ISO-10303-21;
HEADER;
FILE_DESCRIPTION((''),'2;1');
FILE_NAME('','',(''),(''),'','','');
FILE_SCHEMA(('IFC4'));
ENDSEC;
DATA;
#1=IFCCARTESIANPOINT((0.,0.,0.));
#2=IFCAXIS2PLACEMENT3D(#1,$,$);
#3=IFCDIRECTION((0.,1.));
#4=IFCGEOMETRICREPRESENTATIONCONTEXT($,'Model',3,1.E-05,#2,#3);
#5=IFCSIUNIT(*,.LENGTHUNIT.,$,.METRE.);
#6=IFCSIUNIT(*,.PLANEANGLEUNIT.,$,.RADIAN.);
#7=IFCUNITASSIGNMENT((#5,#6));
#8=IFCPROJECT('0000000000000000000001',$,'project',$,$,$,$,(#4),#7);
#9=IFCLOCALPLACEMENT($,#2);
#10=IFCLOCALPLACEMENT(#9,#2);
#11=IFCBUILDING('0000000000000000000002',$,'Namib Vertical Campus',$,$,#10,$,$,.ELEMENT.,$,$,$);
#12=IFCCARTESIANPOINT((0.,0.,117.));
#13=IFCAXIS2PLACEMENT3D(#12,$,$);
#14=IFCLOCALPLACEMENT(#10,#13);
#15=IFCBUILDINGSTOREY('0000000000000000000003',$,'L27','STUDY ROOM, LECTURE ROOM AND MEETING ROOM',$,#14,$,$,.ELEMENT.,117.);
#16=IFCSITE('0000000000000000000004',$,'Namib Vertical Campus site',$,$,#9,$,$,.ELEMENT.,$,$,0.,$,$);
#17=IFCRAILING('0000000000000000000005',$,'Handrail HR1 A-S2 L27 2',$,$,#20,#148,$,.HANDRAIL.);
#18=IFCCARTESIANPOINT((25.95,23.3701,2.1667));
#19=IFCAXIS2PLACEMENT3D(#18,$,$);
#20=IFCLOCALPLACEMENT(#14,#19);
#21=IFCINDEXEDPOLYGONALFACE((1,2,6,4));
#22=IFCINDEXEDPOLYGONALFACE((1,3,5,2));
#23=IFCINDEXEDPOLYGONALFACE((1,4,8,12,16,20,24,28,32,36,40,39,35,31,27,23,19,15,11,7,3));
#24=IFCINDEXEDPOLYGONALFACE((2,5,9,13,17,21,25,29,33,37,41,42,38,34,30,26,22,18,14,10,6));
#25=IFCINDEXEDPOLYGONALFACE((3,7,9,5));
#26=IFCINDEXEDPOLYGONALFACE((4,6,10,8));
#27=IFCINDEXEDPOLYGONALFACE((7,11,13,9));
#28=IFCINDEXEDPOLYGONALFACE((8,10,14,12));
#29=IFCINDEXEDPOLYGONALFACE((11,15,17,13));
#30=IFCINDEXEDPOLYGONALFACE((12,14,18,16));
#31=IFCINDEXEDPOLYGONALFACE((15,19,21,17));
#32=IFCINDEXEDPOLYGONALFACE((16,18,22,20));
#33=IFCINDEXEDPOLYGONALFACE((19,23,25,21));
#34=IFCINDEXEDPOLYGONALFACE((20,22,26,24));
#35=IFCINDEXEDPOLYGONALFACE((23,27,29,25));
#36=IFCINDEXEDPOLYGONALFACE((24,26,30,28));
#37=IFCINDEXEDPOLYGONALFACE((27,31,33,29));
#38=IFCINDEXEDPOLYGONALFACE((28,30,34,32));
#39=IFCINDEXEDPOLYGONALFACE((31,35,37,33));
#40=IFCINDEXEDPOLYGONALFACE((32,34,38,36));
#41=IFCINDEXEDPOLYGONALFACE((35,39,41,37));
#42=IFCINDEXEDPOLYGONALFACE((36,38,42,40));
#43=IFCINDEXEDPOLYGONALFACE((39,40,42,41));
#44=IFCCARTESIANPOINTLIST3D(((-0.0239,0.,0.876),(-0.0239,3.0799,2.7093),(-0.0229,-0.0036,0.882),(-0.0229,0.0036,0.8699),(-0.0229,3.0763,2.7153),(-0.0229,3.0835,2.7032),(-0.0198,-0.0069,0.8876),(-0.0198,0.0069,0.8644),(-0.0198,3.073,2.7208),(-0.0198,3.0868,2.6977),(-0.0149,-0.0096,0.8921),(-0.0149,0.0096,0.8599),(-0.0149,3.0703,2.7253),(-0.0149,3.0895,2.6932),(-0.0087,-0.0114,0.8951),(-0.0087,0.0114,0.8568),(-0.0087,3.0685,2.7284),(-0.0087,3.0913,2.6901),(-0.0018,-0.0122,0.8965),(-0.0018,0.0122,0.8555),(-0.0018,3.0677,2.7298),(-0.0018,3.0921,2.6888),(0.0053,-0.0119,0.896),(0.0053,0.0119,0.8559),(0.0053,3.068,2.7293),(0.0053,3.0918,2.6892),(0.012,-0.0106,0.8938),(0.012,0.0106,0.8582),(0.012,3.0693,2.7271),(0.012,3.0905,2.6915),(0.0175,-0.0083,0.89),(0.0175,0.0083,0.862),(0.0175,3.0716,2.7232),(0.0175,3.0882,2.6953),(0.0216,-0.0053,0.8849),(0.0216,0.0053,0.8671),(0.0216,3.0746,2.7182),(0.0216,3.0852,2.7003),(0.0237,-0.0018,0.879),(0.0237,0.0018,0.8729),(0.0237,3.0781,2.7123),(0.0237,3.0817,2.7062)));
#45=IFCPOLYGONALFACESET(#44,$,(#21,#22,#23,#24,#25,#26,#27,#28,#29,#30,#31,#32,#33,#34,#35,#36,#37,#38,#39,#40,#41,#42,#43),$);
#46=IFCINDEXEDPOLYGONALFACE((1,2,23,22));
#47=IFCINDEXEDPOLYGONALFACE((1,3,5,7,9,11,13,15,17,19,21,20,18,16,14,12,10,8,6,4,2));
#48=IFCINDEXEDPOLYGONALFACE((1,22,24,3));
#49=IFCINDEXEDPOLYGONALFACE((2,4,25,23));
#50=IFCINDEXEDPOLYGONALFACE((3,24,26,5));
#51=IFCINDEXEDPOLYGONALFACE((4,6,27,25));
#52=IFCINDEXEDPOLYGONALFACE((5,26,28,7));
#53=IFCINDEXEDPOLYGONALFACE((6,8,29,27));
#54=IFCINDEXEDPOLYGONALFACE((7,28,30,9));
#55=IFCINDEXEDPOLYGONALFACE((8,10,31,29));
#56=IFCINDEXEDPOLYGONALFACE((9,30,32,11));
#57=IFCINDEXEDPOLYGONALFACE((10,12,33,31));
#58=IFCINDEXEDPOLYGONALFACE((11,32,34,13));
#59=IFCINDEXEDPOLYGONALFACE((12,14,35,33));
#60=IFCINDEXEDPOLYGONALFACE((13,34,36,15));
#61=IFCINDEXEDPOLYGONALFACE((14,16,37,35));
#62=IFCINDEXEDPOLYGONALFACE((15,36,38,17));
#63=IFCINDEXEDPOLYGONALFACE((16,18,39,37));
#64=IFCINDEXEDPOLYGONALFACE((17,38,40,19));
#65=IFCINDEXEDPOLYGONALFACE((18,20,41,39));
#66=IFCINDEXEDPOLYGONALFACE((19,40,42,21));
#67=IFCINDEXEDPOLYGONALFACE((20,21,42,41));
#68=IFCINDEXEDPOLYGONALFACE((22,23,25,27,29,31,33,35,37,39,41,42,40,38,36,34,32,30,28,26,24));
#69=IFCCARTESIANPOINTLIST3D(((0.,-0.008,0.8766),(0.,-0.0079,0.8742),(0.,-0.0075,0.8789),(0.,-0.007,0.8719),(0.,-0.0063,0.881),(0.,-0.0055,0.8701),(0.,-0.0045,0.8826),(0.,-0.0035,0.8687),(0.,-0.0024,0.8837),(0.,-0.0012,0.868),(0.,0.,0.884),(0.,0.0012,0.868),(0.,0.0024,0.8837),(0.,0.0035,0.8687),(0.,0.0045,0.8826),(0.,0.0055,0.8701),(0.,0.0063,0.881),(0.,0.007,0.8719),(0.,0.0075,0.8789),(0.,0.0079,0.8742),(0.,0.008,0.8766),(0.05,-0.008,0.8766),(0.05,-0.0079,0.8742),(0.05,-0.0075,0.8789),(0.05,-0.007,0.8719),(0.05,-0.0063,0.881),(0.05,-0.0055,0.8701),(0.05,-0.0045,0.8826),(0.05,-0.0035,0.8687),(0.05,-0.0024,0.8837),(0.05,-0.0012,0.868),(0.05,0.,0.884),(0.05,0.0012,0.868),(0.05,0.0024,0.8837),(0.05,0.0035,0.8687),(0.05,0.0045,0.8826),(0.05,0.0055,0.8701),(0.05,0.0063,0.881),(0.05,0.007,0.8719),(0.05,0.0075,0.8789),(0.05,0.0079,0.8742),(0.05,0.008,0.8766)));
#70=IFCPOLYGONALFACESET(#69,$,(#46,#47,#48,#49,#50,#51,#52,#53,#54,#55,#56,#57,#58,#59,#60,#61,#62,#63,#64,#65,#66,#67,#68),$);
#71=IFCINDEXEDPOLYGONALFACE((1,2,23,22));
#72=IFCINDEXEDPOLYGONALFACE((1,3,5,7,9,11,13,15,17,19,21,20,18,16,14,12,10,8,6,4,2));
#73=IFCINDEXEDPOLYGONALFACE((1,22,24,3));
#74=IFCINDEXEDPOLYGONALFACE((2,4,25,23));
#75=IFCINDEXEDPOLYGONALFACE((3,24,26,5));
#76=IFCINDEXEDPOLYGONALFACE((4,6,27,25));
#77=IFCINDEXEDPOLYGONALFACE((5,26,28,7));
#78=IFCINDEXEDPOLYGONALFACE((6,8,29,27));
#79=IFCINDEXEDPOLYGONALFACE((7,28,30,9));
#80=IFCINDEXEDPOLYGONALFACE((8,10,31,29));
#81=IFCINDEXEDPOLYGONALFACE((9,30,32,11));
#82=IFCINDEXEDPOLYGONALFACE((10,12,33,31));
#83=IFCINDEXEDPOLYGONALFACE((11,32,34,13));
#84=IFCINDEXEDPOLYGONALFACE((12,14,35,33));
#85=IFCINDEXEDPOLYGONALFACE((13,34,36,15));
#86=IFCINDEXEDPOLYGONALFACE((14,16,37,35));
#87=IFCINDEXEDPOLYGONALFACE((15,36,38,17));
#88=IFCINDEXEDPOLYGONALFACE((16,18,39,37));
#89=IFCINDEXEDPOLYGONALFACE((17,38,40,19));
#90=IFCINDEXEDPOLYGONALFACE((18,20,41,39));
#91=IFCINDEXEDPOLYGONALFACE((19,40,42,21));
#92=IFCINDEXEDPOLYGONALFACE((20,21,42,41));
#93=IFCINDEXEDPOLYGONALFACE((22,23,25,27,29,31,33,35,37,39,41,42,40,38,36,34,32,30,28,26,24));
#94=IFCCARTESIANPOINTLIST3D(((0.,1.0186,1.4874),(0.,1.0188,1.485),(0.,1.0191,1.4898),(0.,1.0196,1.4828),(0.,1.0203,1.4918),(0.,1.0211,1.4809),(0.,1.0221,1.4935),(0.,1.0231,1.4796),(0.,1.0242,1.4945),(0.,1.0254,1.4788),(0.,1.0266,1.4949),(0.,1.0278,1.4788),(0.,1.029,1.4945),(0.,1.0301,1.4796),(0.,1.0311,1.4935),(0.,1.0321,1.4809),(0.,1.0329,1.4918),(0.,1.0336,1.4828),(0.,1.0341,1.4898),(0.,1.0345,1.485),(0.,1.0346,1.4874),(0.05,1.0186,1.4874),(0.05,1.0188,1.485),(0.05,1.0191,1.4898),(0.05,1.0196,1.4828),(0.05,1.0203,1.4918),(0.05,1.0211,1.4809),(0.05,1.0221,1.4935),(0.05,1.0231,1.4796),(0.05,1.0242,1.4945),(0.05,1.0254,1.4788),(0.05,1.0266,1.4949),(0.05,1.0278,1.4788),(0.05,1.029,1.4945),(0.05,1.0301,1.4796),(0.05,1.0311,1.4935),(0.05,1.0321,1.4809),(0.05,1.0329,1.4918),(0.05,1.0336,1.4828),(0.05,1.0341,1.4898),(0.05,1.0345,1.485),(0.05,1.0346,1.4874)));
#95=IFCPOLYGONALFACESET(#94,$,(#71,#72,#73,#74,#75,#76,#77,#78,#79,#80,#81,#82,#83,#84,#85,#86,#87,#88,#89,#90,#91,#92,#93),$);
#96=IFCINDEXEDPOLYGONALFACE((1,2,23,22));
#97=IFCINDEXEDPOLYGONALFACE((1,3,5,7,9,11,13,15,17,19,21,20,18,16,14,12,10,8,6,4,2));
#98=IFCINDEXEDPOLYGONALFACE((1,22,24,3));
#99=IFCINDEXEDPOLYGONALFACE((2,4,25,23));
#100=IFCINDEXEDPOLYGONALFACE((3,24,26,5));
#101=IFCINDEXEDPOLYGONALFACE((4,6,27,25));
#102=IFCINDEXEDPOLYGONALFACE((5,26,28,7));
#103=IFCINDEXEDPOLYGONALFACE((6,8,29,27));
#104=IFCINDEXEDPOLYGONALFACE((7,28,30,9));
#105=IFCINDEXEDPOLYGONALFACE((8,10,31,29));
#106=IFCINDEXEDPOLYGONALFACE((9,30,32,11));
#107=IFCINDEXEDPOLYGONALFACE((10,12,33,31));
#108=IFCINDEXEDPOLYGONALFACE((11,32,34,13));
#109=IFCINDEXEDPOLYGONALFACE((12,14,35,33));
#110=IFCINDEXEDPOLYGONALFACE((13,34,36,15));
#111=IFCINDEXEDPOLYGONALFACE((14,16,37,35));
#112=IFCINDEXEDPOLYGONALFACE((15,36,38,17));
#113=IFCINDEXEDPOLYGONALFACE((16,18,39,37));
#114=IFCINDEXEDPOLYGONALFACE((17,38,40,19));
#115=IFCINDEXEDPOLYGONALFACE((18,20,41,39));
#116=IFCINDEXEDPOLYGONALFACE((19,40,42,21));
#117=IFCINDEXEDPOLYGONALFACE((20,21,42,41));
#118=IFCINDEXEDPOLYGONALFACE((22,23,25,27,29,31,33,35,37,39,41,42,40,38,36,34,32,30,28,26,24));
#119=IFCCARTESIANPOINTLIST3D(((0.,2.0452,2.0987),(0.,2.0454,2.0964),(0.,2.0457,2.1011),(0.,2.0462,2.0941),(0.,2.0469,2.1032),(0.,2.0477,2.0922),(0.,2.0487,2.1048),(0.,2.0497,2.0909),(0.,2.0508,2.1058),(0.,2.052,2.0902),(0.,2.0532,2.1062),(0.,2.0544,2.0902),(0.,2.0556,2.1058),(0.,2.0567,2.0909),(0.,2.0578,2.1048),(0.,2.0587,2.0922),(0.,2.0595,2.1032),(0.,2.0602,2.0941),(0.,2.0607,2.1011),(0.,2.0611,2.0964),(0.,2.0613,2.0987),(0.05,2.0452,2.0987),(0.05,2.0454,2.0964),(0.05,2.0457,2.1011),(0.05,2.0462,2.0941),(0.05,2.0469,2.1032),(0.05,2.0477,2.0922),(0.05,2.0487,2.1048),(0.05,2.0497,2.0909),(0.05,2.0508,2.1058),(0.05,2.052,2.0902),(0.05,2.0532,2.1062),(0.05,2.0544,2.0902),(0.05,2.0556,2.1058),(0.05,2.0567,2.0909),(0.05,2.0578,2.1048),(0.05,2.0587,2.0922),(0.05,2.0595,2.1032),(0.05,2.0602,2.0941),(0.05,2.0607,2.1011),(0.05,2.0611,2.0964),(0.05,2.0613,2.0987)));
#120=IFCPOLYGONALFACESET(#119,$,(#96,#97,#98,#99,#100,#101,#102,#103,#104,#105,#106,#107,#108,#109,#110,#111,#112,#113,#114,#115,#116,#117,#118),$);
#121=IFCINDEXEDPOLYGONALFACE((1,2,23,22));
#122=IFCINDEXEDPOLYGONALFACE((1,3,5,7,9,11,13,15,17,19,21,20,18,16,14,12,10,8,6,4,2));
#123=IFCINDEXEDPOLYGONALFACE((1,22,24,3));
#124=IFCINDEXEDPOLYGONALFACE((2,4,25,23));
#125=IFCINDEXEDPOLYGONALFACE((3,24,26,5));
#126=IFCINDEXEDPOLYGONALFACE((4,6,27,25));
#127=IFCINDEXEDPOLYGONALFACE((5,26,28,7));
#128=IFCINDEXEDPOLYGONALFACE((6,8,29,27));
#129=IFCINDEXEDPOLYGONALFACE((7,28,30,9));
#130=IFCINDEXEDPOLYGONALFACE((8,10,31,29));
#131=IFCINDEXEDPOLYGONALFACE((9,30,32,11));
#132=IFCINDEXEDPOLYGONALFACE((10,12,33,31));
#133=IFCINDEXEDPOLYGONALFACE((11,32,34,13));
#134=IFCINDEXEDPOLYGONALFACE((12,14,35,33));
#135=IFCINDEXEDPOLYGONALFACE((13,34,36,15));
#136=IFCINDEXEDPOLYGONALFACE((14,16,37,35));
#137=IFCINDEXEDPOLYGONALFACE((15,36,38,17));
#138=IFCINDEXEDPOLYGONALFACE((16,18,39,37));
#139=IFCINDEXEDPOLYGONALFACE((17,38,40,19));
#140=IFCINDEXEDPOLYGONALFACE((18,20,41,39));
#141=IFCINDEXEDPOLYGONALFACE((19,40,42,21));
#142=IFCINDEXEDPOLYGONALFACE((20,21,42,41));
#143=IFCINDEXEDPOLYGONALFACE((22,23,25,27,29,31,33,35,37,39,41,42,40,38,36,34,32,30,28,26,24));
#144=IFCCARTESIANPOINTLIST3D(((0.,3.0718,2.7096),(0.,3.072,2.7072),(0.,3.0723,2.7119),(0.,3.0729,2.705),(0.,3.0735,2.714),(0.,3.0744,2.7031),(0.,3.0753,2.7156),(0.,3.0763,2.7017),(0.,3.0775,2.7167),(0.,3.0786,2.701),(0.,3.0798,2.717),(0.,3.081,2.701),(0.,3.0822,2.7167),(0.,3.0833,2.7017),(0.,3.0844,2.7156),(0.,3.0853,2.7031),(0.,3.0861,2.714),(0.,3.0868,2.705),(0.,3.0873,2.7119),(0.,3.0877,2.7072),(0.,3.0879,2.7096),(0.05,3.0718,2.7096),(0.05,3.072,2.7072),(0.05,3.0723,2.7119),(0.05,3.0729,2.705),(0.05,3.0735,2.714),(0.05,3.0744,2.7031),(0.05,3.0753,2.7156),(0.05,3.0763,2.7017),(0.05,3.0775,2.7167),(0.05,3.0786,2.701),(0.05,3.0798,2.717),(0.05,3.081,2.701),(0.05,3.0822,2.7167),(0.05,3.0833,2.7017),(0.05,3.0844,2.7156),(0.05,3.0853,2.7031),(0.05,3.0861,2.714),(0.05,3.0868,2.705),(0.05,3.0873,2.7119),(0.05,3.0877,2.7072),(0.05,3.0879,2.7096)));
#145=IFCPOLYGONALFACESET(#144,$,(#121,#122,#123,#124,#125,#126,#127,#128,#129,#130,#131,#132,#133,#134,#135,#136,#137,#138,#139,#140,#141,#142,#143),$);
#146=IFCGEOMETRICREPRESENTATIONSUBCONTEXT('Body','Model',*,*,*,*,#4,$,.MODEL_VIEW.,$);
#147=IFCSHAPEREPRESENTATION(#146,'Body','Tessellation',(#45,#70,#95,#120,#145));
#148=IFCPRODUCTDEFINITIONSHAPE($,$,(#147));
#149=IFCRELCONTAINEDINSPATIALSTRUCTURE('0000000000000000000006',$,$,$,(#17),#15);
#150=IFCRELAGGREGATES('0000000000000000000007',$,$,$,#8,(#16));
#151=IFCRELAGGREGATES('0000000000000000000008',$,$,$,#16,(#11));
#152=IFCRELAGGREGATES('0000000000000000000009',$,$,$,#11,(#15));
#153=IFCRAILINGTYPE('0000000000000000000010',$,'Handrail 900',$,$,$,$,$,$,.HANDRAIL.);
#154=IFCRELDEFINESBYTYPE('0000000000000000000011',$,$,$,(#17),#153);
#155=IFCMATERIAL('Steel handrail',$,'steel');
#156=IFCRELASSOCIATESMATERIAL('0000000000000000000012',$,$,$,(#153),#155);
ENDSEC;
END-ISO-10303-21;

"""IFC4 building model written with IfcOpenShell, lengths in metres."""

from ifc_helpers import new_model, si_unit, direction, frame, origin, origin_2d, place, context, subcontext, project, spatial, circle, extrude, material, type_object, element, save


model = new_model("IFC4")

# Units and contexts
model_context = context("Model", 3, precision=1e-05, world=origin(), true_north=direction((0.0, 1.0)))
body_context = subcontext(model_context, "Body", "Model", "MODEL_VIEW")
ifc_project = project(units=[si_unit("LENGTHUNIT", "METRE"), si_unit("PLANEANGLEUNIT", "RADIAN")], contexts=[model_context])

# Site, building, storey
site_placement = place(None, origin())
site = spatial("IfcSite", under=ifc_project, at=site_placement, Name="Namib Vertical Campus site", CompositionType="ELEMENT", RefElevation=0.0)
building_placement = place(site_placement, origin())
building = spatial("IfcBuilding", under=site, at=building_placement, Name="Namib Vertical Campus", CompositionType="ELEMENT")
storey_placement = place(building_placement, frame((0.0, 0.0, 117.0)))
storey = spatial("IfcBuildingStorey", under=building, at=storey_placement, Name="L27", Description="STUDY ROOM, LECTURE ROOM AND MEETING ROOM", CompositionType="ELEMENT", Elevation=117.0)

# Railing
ifc_material_1 = material(Name="Steel handrail", Category="steel")
railing_type_1 = type_object("IfcRailingType", Name="Handrail 900", PredefinedType="HANDRAIL", material=ifc_material_1)
railing_1_placement = place(storey_placement, frame((25.95, 23.3701, 2.1667)))
element("IfcRailing", 1, at=railing_1_placement, inside=storey, type_object=railing_type_1, Name="Handrail HR1 A-S2 L27 2", PredefinedType="HANDRAIL", context=body_context, shape_type="SweptSolid", body=[
    extrude(circle(Radius=0.0239, at=origin_2d()), frame((0.0, 0.0, 0.876), z_axis=(0.0, 0.859291, 0.511487), x_axis=(-1.0, 0.0, 0.0)), (0.0, 0.0, 1.0), 3.5842),
    extrude(circle(Radius=0.0081, at=origin_2d()), frame((0.0, 0.0, 0.876), z_axis=(1.0, 0.0, 0.0), x_axis=(0.0, 0.0, 1.0)), (0.0, 0.0, 1.0), 0.05),
    extrude(circle(Radius=0.0081, at=origin_2d()), frame((0.0, 1.0266, 1.4868), z_axis=(1.0, 0.0, 0.0), x_axis=(0.0, 0.0, 1.0)), (0.0, 0.0, 1.0), 0.05),
    extrude(circle(Radius=0.0081, at=origin_2d()), frame((0.0, 2.0532, 2.0981), z_axis=(1.0, 0.0, 0.0), x_axis=(0.0, 0.0, 1.0)), (0.0, 0.0, 1.0), 0.05),
    extrude(circle(Radius=0.0081, at=origin_2d()), frame((0.0, 3.0798, 2.709), z_axis=(1.0, 0.0, 0.0), x_axis=(0.0, 0.0, 1.0)), (0.0, 0.0, 1.0), 0.05),
])

save(model, "model.ifc")
